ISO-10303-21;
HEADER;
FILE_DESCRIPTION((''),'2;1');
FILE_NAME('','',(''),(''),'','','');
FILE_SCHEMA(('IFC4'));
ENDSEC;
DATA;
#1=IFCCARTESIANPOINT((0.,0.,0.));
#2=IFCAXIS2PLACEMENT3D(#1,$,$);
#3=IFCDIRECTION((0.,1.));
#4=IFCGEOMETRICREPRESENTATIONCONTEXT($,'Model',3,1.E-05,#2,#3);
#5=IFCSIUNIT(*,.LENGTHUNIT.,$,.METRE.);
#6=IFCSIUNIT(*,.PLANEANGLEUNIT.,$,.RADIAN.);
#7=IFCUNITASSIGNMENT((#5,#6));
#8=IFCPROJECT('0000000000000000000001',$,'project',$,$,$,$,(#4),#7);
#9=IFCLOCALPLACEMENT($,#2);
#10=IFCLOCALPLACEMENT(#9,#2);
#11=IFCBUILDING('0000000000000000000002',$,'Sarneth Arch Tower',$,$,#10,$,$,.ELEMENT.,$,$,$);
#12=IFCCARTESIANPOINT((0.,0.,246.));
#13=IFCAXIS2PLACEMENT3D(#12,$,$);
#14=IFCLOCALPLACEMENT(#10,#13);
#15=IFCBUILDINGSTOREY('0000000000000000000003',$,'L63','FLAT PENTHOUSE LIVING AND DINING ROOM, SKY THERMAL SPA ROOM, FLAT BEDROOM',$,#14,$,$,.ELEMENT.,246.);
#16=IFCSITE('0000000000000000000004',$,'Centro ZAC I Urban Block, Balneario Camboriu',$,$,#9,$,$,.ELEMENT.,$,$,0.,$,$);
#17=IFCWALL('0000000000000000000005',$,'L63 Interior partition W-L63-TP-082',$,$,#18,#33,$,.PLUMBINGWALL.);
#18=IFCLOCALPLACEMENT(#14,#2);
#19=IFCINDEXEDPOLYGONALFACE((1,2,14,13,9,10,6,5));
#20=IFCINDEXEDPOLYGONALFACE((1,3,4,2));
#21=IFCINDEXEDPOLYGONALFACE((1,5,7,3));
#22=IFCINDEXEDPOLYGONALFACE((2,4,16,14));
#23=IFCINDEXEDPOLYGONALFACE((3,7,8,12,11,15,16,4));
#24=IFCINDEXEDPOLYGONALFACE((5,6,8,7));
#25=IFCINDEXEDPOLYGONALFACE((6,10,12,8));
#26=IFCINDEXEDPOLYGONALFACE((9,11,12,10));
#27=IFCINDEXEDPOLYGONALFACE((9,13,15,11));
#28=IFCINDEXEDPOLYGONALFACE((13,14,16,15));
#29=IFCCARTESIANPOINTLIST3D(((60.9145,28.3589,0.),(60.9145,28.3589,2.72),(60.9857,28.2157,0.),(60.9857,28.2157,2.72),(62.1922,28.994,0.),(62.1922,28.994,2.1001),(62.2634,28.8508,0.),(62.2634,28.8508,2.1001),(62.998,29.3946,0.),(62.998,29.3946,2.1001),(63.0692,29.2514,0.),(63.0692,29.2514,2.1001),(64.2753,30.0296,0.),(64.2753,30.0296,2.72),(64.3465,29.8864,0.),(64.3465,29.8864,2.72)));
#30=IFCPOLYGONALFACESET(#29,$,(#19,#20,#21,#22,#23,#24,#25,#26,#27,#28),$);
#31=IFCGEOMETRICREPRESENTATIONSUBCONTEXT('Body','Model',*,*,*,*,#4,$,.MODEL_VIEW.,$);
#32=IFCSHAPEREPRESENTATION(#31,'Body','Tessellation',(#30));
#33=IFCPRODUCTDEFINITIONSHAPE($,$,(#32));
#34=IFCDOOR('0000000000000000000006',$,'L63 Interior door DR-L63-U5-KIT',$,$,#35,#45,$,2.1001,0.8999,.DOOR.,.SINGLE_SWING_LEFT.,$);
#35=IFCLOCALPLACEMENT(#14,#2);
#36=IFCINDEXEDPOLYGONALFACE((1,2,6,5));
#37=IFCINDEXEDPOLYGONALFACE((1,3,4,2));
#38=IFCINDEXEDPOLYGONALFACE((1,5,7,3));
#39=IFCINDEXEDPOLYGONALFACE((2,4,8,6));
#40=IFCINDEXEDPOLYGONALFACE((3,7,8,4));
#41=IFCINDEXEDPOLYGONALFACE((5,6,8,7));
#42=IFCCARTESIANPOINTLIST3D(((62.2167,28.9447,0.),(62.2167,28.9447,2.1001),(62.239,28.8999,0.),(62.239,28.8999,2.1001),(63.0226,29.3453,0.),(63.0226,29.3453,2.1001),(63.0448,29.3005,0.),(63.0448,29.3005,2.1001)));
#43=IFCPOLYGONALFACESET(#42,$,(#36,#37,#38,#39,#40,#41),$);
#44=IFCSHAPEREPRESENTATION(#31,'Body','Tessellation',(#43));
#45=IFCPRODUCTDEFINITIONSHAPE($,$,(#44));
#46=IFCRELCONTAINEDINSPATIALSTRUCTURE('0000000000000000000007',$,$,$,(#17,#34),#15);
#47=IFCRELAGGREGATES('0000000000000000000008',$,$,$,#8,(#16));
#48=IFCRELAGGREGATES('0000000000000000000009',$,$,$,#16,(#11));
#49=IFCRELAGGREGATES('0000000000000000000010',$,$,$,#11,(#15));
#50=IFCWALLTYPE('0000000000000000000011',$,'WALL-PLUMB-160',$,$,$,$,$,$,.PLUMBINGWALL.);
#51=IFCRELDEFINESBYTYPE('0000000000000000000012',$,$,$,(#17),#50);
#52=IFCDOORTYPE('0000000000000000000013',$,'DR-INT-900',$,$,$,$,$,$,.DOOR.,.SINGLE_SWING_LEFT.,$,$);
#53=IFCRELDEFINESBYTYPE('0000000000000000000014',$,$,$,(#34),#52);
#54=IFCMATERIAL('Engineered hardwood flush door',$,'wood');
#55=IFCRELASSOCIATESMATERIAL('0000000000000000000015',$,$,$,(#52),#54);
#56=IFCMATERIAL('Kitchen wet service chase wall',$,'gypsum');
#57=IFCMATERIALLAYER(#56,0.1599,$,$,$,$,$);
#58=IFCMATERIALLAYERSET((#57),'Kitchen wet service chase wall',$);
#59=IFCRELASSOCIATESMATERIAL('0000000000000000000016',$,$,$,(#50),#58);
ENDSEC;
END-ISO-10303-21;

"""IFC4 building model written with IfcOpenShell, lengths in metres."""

from ifc_helpers import new_model, si_unit, direction, frame, frame_2d, origin, place, context, subcontext, project, spatial, rectangle, extrude, material, layer, layer_set, type_object, element, fill, save


model = new_model("IFC4")

# Units and contexts
model_context = context("Model", 3, precision=1e-05, world=origin(), true_north=direction((0.0, 1.0)))
body_context = subcontext(model_context, "Body", "Model", "MODEL_VIEW")
ifc_project = project(units=[si_unit("LENGTHUNIT", "METRE"), si_unit("PLANEANGLEUNIT", "RADIAN")], contexts=[model_context])

# Site, building, storey
site_placement = place(None, origin())
site = spatial("IfcSite", under=ifc_project, at=site_placement, Name="Centro ZAC I Urban Block, Balneario Camboriu", CompositionType="ELEMENT", RefElevation=0.0)
building_placement = place(site_placement, origin())
building = spatial("IfcBuilding", under=site, at=building_placement, Name="Sarneth Arch Tower", CompositionType="ELEMENT")
storey_placement = place(building_placement, frame((0.0, 0.0, 246.0)))
storey = spatial("IfcBuildingStorey", under=building, at=storey_placement, Name="L63", Description="FLAT PENTHOUSE LIVING AND DINING ROOM, SKY THERMAL SPA ROOM, FLAT BEDROOM", CompositionType="ELEMENT", Elevation=246.0)

# Wall, opening, door
ifc_material_1 = material(Name="Engineered hardwood flush door", Category="wood")
door_type = type_object("IfcDoorType", Name="DR-INT-900", OperationType="SINGLE_SWING_LEFT", PredefinedType="DOOR", material=ifc_material_1)
ifc_material_2 = material(Name="Kitchen wet service chase wall", Category="gypsum")
ifc_layer_1 = layer(ifc_material_2, 0.1599)
ifc_layer_set_1 = layer_set([ifc_layer_1], Name="Kitchen wet service chase wall")
wall_type_1 = type_object("IfcWallType", Name="WALL-PLUMB-160", PredefinedType="PLUMBINGWALL", material=ifc_layer_set_1)
wall_1_placement = place(storey_placement, frame((60.9502, 28.2874, 0.0), z_axis=(0.0, 0.0, 1.0), x_axis=(0.895466, 0.445131, 0.0)))
wall_1 = element("IfcWall", 1, at=wall_1_placement, inside=storey, type_object=wall_type_1, Name="L63 Interior partition W-L63-TP-082", PredefinedType="PLUMBINGWALL", context=body_context, shape_type="SweptSolid", body=[
    extrude(rectangle(XDim=3.7532, YDim=0.1599, at=frame_2d((1.8765, 0.0))), origin(), (0.0, 0.0, 1.0), 2.72),
])
opening_1_placement = place(wall_1_placement, frame((1.4268, 0.0, 0.0)))
opening_1 = element("IfcOpeningElement", 2, at=opening_1_placement, cuts=wall_1, PredefinedType="OPENING", context=body_context, shape_type="SweptSolid", body=[
    extrude(rectangle(XDim=0.8999, YDim=2.1001, at=frame_2d((0.45, 1.05))), frame((0.0, 0.0898, 0.0), z_axis=(0.0, -1.0, 0.0), x_axis=(1.0, 0.0, 0.0)), (0.0, 0.0, 1.0), 0.1799),
])
door_1_placement = place(opening_1_placement, origin())
door_1 = element("IfcDoor", 3, at=door_1_placement, inside=storey, type_object=door_type, Name="L63 Interior door DR-L63-U5-KIT", OperationType="SINGLE_SWING_LEFT", OverallHeight=2.1001, OverallWidth=0.8999, PredefinedType="DOOR", context=body_context, shape_type="SweptSolid", body=[
    extrude(rectangle(XDim=0.8999, YDim=2.1001, at=frame_2d((0.45, 1.05))), frame((0.0, 0.0249, 0.0), z_axis=(0.0, -1.0, 0.0), x_axis=(1.0, 0.0, 0.0)), (0.0, 0.0, 1.0), 0.05),
])
fill(opening_1, door_1)

save(model, "model.ifc")
